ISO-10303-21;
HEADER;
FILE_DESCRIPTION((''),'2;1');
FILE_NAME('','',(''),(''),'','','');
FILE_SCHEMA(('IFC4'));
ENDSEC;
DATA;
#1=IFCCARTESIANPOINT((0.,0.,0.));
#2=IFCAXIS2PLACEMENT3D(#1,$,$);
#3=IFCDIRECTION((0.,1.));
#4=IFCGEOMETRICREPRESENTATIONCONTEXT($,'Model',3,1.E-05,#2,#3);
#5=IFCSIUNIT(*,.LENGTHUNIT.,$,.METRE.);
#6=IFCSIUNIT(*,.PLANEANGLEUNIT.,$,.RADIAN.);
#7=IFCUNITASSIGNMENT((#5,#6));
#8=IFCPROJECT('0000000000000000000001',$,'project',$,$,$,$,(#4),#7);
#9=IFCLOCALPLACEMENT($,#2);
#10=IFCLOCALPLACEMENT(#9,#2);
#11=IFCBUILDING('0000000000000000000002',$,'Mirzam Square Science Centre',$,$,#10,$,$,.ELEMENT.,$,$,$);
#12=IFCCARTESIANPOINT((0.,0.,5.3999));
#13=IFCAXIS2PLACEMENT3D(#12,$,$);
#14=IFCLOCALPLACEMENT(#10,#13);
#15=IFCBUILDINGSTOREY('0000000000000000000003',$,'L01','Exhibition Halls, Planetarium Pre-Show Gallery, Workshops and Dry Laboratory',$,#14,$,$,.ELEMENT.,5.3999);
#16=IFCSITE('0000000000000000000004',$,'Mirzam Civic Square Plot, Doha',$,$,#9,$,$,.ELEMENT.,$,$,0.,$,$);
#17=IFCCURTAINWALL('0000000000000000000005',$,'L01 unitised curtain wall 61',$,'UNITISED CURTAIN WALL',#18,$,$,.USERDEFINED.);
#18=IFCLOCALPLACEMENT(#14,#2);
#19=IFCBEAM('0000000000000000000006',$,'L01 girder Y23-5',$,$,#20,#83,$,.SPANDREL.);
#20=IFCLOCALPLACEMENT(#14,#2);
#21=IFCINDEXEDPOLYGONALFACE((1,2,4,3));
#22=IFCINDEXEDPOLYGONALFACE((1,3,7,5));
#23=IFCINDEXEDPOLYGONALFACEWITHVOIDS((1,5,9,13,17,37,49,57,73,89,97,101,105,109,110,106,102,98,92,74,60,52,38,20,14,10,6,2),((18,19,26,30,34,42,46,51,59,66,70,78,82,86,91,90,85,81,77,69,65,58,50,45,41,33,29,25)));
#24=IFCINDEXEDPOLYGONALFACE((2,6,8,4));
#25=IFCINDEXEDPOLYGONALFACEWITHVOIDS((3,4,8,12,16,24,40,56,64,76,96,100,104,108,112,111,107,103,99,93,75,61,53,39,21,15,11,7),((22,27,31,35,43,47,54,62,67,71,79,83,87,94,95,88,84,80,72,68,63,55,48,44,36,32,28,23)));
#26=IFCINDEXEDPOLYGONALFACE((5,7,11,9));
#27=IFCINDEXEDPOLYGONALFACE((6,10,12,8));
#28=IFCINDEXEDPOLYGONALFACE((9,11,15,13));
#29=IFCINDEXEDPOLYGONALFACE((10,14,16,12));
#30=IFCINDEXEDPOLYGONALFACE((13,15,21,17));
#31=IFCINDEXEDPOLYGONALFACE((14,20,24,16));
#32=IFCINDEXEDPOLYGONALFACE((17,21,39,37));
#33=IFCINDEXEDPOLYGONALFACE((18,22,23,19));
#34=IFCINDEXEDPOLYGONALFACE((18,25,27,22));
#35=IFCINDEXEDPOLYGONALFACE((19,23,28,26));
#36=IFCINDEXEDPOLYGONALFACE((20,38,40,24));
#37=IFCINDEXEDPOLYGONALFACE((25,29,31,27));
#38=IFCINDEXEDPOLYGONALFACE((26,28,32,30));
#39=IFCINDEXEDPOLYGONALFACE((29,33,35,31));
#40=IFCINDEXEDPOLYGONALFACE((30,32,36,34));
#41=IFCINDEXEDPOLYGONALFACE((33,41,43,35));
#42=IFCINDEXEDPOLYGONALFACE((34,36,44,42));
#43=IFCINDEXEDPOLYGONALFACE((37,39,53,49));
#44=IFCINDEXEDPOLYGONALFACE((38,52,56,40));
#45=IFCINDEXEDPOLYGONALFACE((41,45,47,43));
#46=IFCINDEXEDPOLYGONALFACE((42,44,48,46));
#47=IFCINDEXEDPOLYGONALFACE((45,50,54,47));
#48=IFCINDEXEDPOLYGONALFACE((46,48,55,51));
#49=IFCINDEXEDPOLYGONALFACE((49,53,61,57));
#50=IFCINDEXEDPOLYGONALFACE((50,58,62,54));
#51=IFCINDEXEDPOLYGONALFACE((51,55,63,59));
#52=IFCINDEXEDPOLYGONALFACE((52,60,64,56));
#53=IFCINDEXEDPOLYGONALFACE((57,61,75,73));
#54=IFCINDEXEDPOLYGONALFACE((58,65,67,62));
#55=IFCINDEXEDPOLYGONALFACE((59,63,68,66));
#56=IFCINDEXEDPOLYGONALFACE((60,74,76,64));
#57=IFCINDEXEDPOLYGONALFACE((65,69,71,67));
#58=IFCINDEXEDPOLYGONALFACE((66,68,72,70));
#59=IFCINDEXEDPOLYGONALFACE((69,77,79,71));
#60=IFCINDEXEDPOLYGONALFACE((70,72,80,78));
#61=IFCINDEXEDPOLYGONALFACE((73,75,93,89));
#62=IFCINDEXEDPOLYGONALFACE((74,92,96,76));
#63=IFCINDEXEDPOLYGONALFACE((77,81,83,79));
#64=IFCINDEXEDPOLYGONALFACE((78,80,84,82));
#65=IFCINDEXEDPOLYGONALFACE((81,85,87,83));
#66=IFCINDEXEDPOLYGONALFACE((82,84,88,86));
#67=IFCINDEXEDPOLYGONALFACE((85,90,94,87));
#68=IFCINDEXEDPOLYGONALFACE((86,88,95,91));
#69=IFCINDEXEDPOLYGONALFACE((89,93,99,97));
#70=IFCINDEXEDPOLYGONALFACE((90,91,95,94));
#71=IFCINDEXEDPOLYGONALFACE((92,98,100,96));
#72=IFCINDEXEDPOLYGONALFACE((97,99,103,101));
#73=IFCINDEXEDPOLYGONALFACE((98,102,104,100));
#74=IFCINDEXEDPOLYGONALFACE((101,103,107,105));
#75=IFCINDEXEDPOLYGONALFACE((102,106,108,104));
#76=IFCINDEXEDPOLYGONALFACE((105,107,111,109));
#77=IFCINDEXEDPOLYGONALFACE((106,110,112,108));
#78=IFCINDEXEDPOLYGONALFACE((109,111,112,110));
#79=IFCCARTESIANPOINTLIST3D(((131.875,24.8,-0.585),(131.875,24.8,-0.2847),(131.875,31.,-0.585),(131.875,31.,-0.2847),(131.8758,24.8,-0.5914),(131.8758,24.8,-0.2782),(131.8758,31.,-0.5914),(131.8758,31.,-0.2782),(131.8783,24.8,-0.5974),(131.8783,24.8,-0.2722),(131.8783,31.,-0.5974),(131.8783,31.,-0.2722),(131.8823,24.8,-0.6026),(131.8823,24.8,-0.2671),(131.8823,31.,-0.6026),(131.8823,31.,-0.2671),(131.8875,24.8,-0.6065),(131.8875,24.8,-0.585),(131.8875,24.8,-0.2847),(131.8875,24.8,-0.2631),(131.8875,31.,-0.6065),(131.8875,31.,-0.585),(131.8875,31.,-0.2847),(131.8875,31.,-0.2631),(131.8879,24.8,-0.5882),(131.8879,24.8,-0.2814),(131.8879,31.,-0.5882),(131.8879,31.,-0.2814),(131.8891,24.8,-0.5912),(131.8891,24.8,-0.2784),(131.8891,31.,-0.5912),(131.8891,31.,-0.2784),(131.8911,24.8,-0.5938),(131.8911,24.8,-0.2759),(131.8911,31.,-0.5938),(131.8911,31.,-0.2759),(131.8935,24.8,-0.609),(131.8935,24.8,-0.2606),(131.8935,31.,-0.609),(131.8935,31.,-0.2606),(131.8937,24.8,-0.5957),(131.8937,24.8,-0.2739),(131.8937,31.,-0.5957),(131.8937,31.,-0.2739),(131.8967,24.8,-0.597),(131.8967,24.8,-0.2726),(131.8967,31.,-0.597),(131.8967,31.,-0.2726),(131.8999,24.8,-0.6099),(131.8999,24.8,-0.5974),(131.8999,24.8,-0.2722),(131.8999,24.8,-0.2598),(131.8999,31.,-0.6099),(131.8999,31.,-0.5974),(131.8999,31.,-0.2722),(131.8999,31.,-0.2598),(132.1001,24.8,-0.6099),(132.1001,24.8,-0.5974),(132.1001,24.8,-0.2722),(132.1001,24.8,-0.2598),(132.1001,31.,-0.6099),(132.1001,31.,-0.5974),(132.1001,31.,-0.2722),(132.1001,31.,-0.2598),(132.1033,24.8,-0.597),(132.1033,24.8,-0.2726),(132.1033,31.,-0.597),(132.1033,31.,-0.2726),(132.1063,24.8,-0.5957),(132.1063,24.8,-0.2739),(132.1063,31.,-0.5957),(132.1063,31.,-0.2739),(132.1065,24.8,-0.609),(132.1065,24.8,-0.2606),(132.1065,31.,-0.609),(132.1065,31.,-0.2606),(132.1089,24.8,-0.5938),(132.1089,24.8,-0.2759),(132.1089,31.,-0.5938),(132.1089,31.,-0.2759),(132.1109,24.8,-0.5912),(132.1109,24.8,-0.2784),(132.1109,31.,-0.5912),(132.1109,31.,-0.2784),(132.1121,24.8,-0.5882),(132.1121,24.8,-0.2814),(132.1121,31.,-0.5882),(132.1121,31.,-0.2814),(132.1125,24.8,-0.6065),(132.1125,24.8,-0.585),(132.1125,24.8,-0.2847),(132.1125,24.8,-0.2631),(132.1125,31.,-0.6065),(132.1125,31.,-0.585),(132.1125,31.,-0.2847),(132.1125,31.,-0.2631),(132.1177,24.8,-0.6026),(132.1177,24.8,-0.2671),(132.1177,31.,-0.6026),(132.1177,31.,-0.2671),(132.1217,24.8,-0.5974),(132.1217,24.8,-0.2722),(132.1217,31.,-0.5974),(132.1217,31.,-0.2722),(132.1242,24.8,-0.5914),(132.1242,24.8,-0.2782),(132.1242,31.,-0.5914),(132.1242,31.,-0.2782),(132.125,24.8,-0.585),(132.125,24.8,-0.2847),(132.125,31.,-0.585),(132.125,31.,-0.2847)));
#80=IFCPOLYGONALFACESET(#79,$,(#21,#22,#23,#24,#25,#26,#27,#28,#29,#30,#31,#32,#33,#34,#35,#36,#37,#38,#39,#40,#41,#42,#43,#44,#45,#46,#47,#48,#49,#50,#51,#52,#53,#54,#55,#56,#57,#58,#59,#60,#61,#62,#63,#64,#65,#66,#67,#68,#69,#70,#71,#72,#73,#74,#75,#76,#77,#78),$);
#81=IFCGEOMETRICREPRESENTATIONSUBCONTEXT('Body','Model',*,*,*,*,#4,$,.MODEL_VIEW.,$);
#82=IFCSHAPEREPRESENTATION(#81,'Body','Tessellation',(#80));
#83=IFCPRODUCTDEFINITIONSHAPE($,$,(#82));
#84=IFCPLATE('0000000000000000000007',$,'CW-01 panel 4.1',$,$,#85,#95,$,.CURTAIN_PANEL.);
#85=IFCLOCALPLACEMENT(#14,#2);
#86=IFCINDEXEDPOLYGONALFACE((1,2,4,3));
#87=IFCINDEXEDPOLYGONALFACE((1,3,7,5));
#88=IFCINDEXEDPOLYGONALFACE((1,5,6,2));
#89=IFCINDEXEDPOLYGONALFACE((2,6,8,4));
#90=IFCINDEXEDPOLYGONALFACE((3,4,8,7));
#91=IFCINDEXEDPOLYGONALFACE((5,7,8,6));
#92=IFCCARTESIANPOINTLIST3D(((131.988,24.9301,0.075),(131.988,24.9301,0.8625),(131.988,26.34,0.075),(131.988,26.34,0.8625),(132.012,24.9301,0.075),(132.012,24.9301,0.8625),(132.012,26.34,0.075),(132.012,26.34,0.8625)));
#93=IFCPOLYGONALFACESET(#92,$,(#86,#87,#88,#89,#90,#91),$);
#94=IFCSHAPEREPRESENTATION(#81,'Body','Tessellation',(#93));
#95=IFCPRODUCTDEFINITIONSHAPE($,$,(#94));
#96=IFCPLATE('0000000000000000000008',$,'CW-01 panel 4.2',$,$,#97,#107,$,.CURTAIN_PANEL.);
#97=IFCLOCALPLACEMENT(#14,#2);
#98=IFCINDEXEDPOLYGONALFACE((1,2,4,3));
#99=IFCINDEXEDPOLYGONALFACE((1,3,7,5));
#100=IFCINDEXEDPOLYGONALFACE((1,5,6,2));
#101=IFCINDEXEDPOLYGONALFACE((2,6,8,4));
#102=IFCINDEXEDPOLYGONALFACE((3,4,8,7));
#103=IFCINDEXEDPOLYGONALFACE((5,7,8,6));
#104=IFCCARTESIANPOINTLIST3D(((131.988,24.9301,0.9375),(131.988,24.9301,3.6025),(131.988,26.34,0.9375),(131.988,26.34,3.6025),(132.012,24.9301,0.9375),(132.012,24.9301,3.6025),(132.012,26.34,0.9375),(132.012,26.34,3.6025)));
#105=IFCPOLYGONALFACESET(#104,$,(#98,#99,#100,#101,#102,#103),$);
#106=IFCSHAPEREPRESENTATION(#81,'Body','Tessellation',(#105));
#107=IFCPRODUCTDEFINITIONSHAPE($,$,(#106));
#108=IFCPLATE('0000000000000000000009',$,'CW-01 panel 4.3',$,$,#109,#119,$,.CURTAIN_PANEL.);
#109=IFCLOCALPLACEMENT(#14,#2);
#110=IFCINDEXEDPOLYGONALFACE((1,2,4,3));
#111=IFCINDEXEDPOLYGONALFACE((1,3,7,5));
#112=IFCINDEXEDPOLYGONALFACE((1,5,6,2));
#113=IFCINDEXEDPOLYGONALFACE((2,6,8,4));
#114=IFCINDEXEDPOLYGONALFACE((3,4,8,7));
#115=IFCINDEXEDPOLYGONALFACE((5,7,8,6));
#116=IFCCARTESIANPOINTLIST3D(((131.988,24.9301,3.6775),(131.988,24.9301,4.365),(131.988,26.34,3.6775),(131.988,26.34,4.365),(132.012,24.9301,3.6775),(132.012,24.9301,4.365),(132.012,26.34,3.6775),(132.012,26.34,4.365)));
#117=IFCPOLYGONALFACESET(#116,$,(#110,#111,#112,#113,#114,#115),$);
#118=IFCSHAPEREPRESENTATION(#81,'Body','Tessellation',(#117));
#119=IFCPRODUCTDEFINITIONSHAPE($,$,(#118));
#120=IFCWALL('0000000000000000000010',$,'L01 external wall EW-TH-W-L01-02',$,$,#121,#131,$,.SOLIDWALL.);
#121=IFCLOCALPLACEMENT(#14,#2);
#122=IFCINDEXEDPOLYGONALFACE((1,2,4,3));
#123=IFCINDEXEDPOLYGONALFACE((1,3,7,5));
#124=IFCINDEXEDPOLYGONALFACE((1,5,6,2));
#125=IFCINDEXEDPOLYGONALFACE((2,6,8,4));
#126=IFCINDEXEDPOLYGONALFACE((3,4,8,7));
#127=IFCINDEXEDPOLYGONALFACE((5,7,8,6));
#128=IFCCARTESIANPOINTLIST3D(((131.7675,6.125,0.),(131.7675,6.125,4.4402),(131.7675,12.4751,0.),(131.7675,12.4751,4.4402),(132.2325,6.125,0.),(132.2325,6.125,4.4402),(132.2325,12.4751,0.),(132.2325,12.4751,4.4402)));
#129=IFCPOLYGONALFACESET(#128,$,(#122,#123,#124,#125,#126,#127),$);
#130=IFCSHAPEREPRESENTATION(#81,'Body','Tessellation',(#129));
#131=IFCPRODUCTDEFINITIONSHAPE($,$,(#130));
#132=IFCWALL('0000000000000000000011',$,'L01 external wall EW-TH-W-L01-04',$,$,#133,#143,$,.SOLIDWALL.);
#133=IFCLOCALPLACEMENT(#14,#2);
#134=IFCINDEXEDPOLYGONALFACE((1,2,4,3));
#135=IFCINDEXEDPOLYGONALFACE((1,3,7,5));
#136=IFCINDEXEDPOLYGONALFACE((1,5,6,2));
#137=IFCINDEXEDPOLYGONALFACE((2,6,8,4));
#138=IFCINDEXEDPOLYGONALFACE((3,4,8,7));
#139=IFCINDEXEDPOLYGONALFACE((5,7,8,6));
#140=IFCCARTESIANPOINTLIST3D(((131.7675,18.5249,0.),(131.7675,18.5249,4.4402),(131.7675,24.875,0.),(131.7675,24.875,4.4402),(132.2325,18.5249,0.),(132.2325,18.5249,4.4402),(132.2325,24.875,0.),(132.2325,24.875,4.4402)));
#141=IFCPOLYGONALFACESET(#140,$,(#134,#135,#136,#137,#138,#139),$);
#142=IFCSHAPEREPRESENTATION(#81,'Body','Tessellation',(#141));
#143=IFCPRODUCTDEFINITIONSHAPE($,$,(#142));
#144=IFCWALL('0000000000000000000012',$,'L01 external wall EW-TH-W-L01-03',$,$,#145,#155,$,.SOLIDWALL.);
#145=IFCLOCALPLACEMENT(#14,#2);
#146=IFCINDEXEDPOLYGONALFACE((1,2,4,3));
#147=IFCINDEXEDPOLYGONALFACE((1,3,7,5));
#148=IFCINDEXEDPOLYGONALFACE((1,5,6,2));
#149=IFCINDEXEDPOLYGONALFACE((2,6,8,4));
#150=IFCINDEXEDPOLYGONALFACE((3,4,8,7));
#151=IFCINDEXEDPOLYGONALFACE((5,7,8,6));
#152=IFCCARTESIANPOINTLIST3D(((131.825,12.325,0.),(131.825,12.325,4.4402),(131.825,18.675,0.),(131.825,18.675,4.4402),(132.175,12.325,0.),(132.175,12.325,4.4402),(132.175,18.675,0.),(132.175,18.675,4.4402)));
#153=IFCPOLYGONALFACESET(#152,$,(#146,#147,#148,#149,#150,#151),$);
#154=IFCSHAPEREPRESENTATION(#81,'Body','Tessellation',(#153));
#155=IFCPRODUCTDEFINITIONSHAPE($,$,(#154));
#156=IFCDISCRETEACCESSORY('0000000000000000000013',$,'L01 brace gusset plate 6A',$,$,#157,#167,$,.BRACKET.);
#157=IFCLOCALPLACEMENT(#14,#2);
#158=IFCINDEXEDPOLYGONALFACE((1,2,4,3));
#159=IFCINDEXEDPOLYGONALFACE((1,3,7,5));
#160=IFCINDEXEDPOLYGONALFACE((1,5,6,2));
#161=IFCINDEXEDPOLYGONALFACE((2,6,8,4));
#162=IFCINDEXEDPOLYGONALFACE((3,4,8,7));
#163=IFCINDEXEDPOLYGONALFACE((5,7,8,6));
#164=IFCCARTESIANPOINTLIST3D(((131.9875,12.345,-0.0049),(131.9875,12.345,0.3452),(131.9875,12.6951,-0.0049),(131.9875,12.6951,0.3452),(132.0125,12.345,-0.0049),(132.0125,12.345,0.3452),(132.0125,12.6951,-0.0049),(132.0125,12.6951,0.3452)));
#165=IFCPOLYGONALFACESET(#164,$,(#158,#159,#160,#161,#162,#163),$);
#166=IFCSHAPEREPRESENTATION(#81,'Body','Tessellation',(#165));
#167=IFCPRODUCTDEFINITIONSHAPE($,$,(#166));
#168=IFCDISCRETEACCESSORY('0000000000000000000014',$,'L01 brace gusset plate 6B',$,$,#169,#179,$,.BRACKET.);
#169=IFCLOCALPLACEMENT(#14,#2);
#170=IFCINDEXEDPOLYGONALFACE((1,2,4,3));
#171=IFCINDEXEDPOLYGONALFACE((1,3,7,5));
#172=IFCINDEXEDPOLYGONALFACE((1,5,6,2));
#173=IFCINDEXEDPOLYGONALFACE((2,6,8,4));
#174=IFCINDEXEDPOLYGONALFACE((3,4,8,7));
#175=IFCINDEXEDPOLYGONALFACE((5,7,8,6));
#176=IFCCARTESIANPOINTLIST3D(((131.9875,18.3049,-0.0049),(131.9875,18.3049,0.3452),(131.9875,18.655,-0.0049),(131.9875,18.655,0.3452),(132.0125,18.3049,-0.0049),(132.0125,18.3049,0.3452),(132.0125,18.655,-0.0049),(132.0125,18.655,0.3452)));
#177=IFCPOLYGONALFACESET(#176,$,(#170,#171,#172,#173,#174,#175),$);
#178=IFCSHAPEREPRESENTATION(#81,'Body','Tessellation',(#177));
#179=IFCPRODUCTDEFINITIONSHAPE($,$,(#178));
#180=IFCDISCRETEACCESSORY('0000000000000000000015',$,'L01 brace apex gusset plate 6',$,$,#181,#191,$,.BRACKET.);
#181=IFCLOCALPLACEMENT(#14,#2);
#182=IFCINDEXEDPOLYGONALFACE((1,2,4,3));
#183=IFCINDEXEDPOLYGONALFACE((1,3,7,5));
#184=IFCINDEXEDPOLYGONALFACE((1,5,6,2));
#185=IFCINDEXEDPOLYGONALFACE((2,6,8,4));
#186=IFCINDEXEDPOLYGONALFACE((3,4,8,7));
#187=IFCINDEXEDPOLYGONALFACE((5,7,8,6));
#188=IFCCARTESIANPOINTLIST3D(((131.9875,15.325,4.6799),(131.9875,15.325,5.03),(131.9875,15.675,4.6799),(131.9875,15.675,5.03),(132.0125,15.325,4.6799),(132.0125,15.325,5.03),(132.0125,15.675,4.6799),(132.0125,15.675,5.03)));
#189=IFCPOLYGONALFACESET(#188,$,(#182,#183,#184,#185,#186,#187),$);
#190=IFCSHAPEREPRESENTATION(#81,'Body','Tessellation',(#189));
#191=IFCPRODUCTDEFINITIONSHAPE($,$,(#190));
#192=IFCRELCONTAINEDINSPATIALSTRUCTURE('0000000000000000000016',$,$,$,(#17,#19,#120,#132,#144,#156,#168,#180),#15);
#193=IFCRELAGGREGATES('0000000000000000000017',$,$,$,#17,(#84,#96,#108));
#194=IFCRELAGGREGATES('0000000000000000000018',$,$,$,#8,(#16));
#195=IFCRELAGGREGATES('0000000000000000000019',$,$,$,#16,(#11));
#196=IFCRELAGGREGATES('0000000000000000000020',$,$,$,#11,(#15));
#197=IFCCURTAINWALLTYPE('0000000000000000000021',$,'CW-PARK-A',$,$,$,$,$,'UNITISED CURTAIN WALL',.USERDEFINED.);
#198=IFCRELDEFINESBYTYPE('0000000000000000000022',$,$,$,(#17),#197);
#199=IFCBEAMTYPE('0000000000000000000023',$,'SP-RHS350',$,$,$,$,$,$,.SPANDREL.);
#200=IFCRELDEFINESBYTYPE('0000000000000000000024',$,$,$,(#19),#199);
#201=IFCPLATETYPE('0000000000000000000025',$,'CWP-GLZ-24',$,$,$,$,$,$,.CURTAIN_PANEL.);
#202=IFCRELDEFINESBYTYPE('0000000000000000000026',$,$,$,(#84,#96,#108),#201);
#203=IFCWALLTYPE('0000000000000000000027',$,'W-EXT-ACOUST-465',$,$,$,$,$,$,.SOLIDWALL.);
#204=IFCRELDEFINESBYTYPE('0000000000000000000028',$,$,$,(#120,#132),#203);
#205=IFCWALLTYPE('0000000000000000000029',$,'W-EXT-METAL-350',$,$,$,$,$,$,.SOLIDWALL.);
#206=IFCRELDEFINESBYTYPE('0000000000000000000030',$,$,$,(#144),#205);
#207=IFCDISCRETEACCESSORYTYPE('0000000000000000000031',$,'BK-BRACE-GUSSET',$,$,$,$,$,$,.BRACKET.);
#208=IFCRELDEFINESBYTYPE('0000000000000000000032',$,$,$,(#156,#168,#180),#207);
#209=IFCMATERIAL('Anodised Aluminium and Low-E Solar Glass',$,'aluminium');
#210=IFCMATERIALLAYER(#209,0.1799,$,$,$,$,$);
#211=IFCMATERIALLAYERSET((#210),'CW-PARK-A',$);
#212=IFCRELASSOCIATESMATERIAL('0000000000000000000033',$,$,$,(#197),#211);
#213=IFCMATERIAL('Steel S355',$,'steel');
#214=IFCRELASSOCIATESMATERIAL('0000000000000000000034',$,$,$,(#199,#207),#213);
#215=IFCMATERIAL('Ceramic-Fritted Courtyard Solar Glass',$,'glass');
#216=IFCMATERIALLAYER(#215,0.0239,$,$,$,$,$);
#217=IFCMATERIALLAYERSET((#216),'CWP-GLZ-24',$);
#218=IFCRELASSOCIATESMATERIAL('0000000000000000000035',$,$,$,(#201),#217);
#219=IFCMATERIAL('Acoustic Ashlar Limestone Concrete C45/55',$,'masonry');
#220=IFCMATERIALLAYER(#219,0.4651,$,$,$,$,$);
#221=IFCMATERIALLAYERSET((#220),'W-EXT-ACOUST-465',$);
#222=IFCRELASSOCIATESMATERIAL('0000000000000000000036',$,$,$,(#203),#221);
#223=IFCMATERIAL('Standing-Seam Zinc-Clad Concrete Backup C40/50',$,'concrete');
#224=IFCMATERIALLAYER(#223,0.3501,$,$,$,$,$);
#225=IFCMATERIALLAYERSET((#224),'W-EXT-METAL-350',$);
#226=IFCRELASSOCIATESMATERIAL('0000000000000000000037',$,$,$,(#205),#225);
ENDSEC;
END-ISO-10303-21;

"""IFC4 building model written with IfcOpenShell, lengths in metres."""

from ifc_helpers import new_model, si_unit, direction, frame, frame_2d, origin, origin_2d, place, context, subcontext, project, spatial, rectangle, hollow_rectangle, extrude, material, layer, layer_set, material_profile, profile_set, type_object, element, aggregate, save


model = new_model("IFC4")

# Units and contexts
model_context = context("Model", 3, precision=1e-05, world=origin(), true_north=direction((0.0, 1.0)))
body_context = subcontext(model_context, "Body", "Model", "MODEL_VIEW")
ifc_project = project(units=[si_unit("LENGTHUNIT", "METRE"), si_unit("PLANEANGLEUNIT", "RADIAN")], contexts=[model_context])

# Site, building, storey
site_placement = place(None, origin())
site = spatial("IfcSite", under=ifc_project, at=site_placement, Name="Mirzam Civic Square Plot, Doha", CompositionType="ELEMENT", RefElevation=0.0)
building_placement = place(site_placement, origin())
building = spatial("IfcBuilding", under=site, at=building_placement, Name="Mirzam Square Science Centre", CompositionType="ELEMENT")
storey_placement = place(building_placement, frame((0.0, 0.0, 5.3999)))
storey = spatial("IfcBuildingStorey", under=building, at=storey_placement, Name="L01", Description="Exhibition Halls, Planetarium Pre-Show Gallery, Workshops and Dry Laboratory", CompositionType="ELEMENT", Elevation=5.3999)

# Shared definitions
ifc_material_1 = material(Name="Steel S355", Category="steel")

# Curtain wall
ifc_material_2 = material(Name="Anodised Aluminium and Low-E Solar Glass", Category="aluminium")
ifc_layer_1 = layer(ifc_material_2, 0.1799)
ifc_layer_set_1 = layer_set([ifc_layer_1], Name="CW-PARK-A")
curtain_wall_type = type_object("IfcCurtainWallType", Name="CW-PARK-A", ElementType="UNITISED CURTAIN WALL", PredefinedType="USERDEFINED", material=ifc_layer_set_1)
curtain_wall_placement = place(storey_placement, origin())
curtain_wall = element("IfcCurtainWall", 1, at=curtain_wall_placement, inside=storey, type_object=curtain_wall_type, Name="L01 unitised curtain wall 61", ObjectType="UNITISED CURTAIN WALL", PredefinedType="USERDEFINED")

# Beam
ifc_material_profile_1 = material_profile(ifc_material_1, hollow_rectangle(XDim=0.25, YDim=0.3501, WallThickness=0.0125, InnerFilletRadius=0.0125, OuterFilletRadius=0.0249, at=origin_2d()), Name="350x250x12.5RHS")
ifc_profile_set_1 = profile_set([ifc_material_profile_1], Name="Steel S355")
beam_type_1 = type_object("IfcBeamType", Name="SP-RHS350", PredefinedType="SPANDREL", material=ifc_profile_set_1)
for number, where, z_axis, x_axis, name in (
    (2, (132.0, 24.8, -0.4348), (0.0, 1.0, 0.0), (-1.0, 0.0, 0.0), "L01 girder Y23-5"),
):
    element("IfcBeam", number, at=place(storey_placement, frame(where, z_axis=z_axis, x_axis=x_axis)), inside=storey, type_object=beam_type_1, Name=name, PredefinedType="SPANDREL", context=body_context, shape_type="SweptSolid", body=[
        extrude(hollow_rectangle(XDim=0.25, YDim=0.3501, WallThickness=0.0125, InnerFilletRadius=0.0125, OuterFilletRadius=0.0249, at=origin_2d()), origin(), (0.0, 0.0, 1.0), 6.2),
    ])

# Plates
ifc_material_3 = material(Name="Ceramic-Fritted Courtyard Solar Glass", Category="glass")
ifc_layer_2 = layer(ifc_material_3, 0.0239)
ifc_layer_set_2 = layer_set([ifc_layer_2], Name="CWP-GLZ-24")
plate_type = type_object("IfcPlateType", Name="CWP-GLZ-24", PredefinedType="CURTAIN_PANEL", material=ifc_layer_set_2)
plate_1_placement = place(storey_placement, frame((132.0, 25.635, 0.075), z_axis=(0.0, 0.0, 1.0), x_axis=(0.0, -1.0, 0.0)))
plate_1 = element("IfcPlate", 3, at=plate_1_placement, type_object=plate_type, Name="CW-01 panel 4.1", PredefinedType="CURTAIN_PANEL", context=body_context, shape_type="SweptSolid", body=[
    extrude(rectangle(XDim=1.4099, YDim=0.0239, at=origin_2d()), origin(), (0.0, 0.0, 1.0), 0.7876),
])
plate_2_placement = place(storey_placement, frame((132.0, 25.635, 0.9375), z_axis=(0.0, 0.0, 1.0), x_axis=(0.0, -1.0, 0.0)))
plate_2 = element("IfcPlate", 4, at=plate_2_placement, type_object=plate_type, Name="CW-01 panel 4.2", PredefinedType="CURTAIN_PANEL", context=body_context, shape_type="SweptSolid", body=[
    extrude(rectangle(XDim=1.4099, YDim=0.0239, at=origin_2d()), origin(), (0.0, 0.0, 1.0), 2.665),
])
plate_3_placement = place(storey_placement, frame((132.0, 25.635, 3.6775), z_axis=(0.0, 0.0, 1.0), x_axis=(0.0, -1.0, 0.0)))
plate_3 = element("IfcPlate", 5, at=plate_3_placement, type_object=plate_type, Name="CW-01 panel 4.3", PredefinedType="CURTAIN_PANEL", context=body_context, shape_type="SweptSolid", body=[
    extrude(rectangle(XDim=1.4099, YDim=0.0239, at=origin_2d()), origin(), (0.0, 0.0, 1.0), 0.6875),
])
aggregate(curtain_wall, [plate_1, plate_2, plate_3])

# Walls
ifc_material_4 = material(Name="Acoustic Ashlar Limestone Concrete C45/55", Category="masonry")
ifc_layer_3 = layer(ifc_material_4, 0.4651)
ifc_layer_set_3 = layer_set([ifc_layer_3], Name="W-EXT-ACOUST-465")
wall_type_1 = type_object("IfcWallType", Name="W-EXT-ACOUST-465", PredefinedType="SOLIDWALL", material=ifc_layer_set_3)
for number, where, z_axis, x_axis, name in (
    (6, (132.0, 12.4751, 0.0), (0.0, 0.0, 1.0), (0.0, -1.0, 0.0), "L01 external wall EW-TH-W-L01-02"),
    (7, (132.0, 24.875, 0.0), (0.0, 0.0, 1.0), (0.0, -1.0, 0.0), "L01 external wall EW-TH-W-L01-04"),
):
    element("IfcWall", number, at=place(storey_placement, frame(where, z_axis=z_axis, x_axis=x_axis)), inside=storey, type_object=wall_type_1, Name=name, PredefinedType="SOLIDWALL", context=body_context, shape_type="SweptSolid", body=[
        extrude(rectangle(XDim=6.3501, YDim=0.4651, at=frame_2d((3.175, 0.0))), origin(), (0.0, 0.0, 1.0), 4.4402),
    ])
ifc_material_5 = material(Name="Standing-Seam Zinc-Clad Concrete Backup C40/50", Category="concrete")
ifc_layer_4 = layer(ifc_material_5, 0.3501)
ifc_layer_set_4 = layer_set([ifc_layer_4], Name="W-EXT-METAL-350")
wall_type_2 = type_object("IfcWallType", Name="W-EXT-METAL-350", PredefinedType="SOLIDWALL", material=ifc_layer_set_4)
wall_placement = place(storey_placement, frame((132.0, 18.675, 0.0), z_axis=(0.0, 0.0, 1.0), x_axis=(0.0, -1.0, 0.0)))
element("IfcWall", 8, at=wall_placement, inside=storey, type_object=wall_type_2, Name="L01 external wall EW-TH-W-L01-03", PredefinedType="SOLIDWALL", context=body_context, shape_type="SweptSolid", body=[
    extrude(rectangle(XDim=6.3501, YDim=0.3501, at=frame_2d((3.175, 0.0))), origin(), (0.0, 0.0, 1.0), 4.4402),
])

# Discrete accessories
discrete_accessory_type_1 = type_object("IfcDiscreteAccessoryType", Name="BK-BRACE-GUSSET", PredefinedType="BRACKET", material=ifc_material_1)
for number, where, z_axis, x_axis, name in (
    (9, (132.0, 12.52, -0.0049), (0.0, 0.0, 1.0), (0.0, 1.0, 0.0), "L01 brace gusset plate 6A"),
    (10, (132.0, 18.48, -0.0049), (0.0, 0.0, 1.0), (0.0, 1.0, 0.0), "L01 brace gusset plate 6B"),
    (11, (132.0, 15.5, 4.6799), (0.0, 0.0, 1.0), (0.0, 1.0, 0.0), "L01 brace apex gusset plate 6"),
):
    element("IfcDiscreteAccessory", number, at=place(storey_placement, frame(where, z_axis=z_axis, x_axis=x_axis)), inside=storey, type_object=discrete_accessory_type_1, Name=name, PredefinedType="BRACKET", context=body_context, shape_type="SweptSolid", body=[
        extrude(rectangle(XDim=0.3501, YDim=0.0249, at=origin_2d()), origin(), (0.0, 0.0, 1.0), 0.3501),
    ])

save(model, "model.ifc")
